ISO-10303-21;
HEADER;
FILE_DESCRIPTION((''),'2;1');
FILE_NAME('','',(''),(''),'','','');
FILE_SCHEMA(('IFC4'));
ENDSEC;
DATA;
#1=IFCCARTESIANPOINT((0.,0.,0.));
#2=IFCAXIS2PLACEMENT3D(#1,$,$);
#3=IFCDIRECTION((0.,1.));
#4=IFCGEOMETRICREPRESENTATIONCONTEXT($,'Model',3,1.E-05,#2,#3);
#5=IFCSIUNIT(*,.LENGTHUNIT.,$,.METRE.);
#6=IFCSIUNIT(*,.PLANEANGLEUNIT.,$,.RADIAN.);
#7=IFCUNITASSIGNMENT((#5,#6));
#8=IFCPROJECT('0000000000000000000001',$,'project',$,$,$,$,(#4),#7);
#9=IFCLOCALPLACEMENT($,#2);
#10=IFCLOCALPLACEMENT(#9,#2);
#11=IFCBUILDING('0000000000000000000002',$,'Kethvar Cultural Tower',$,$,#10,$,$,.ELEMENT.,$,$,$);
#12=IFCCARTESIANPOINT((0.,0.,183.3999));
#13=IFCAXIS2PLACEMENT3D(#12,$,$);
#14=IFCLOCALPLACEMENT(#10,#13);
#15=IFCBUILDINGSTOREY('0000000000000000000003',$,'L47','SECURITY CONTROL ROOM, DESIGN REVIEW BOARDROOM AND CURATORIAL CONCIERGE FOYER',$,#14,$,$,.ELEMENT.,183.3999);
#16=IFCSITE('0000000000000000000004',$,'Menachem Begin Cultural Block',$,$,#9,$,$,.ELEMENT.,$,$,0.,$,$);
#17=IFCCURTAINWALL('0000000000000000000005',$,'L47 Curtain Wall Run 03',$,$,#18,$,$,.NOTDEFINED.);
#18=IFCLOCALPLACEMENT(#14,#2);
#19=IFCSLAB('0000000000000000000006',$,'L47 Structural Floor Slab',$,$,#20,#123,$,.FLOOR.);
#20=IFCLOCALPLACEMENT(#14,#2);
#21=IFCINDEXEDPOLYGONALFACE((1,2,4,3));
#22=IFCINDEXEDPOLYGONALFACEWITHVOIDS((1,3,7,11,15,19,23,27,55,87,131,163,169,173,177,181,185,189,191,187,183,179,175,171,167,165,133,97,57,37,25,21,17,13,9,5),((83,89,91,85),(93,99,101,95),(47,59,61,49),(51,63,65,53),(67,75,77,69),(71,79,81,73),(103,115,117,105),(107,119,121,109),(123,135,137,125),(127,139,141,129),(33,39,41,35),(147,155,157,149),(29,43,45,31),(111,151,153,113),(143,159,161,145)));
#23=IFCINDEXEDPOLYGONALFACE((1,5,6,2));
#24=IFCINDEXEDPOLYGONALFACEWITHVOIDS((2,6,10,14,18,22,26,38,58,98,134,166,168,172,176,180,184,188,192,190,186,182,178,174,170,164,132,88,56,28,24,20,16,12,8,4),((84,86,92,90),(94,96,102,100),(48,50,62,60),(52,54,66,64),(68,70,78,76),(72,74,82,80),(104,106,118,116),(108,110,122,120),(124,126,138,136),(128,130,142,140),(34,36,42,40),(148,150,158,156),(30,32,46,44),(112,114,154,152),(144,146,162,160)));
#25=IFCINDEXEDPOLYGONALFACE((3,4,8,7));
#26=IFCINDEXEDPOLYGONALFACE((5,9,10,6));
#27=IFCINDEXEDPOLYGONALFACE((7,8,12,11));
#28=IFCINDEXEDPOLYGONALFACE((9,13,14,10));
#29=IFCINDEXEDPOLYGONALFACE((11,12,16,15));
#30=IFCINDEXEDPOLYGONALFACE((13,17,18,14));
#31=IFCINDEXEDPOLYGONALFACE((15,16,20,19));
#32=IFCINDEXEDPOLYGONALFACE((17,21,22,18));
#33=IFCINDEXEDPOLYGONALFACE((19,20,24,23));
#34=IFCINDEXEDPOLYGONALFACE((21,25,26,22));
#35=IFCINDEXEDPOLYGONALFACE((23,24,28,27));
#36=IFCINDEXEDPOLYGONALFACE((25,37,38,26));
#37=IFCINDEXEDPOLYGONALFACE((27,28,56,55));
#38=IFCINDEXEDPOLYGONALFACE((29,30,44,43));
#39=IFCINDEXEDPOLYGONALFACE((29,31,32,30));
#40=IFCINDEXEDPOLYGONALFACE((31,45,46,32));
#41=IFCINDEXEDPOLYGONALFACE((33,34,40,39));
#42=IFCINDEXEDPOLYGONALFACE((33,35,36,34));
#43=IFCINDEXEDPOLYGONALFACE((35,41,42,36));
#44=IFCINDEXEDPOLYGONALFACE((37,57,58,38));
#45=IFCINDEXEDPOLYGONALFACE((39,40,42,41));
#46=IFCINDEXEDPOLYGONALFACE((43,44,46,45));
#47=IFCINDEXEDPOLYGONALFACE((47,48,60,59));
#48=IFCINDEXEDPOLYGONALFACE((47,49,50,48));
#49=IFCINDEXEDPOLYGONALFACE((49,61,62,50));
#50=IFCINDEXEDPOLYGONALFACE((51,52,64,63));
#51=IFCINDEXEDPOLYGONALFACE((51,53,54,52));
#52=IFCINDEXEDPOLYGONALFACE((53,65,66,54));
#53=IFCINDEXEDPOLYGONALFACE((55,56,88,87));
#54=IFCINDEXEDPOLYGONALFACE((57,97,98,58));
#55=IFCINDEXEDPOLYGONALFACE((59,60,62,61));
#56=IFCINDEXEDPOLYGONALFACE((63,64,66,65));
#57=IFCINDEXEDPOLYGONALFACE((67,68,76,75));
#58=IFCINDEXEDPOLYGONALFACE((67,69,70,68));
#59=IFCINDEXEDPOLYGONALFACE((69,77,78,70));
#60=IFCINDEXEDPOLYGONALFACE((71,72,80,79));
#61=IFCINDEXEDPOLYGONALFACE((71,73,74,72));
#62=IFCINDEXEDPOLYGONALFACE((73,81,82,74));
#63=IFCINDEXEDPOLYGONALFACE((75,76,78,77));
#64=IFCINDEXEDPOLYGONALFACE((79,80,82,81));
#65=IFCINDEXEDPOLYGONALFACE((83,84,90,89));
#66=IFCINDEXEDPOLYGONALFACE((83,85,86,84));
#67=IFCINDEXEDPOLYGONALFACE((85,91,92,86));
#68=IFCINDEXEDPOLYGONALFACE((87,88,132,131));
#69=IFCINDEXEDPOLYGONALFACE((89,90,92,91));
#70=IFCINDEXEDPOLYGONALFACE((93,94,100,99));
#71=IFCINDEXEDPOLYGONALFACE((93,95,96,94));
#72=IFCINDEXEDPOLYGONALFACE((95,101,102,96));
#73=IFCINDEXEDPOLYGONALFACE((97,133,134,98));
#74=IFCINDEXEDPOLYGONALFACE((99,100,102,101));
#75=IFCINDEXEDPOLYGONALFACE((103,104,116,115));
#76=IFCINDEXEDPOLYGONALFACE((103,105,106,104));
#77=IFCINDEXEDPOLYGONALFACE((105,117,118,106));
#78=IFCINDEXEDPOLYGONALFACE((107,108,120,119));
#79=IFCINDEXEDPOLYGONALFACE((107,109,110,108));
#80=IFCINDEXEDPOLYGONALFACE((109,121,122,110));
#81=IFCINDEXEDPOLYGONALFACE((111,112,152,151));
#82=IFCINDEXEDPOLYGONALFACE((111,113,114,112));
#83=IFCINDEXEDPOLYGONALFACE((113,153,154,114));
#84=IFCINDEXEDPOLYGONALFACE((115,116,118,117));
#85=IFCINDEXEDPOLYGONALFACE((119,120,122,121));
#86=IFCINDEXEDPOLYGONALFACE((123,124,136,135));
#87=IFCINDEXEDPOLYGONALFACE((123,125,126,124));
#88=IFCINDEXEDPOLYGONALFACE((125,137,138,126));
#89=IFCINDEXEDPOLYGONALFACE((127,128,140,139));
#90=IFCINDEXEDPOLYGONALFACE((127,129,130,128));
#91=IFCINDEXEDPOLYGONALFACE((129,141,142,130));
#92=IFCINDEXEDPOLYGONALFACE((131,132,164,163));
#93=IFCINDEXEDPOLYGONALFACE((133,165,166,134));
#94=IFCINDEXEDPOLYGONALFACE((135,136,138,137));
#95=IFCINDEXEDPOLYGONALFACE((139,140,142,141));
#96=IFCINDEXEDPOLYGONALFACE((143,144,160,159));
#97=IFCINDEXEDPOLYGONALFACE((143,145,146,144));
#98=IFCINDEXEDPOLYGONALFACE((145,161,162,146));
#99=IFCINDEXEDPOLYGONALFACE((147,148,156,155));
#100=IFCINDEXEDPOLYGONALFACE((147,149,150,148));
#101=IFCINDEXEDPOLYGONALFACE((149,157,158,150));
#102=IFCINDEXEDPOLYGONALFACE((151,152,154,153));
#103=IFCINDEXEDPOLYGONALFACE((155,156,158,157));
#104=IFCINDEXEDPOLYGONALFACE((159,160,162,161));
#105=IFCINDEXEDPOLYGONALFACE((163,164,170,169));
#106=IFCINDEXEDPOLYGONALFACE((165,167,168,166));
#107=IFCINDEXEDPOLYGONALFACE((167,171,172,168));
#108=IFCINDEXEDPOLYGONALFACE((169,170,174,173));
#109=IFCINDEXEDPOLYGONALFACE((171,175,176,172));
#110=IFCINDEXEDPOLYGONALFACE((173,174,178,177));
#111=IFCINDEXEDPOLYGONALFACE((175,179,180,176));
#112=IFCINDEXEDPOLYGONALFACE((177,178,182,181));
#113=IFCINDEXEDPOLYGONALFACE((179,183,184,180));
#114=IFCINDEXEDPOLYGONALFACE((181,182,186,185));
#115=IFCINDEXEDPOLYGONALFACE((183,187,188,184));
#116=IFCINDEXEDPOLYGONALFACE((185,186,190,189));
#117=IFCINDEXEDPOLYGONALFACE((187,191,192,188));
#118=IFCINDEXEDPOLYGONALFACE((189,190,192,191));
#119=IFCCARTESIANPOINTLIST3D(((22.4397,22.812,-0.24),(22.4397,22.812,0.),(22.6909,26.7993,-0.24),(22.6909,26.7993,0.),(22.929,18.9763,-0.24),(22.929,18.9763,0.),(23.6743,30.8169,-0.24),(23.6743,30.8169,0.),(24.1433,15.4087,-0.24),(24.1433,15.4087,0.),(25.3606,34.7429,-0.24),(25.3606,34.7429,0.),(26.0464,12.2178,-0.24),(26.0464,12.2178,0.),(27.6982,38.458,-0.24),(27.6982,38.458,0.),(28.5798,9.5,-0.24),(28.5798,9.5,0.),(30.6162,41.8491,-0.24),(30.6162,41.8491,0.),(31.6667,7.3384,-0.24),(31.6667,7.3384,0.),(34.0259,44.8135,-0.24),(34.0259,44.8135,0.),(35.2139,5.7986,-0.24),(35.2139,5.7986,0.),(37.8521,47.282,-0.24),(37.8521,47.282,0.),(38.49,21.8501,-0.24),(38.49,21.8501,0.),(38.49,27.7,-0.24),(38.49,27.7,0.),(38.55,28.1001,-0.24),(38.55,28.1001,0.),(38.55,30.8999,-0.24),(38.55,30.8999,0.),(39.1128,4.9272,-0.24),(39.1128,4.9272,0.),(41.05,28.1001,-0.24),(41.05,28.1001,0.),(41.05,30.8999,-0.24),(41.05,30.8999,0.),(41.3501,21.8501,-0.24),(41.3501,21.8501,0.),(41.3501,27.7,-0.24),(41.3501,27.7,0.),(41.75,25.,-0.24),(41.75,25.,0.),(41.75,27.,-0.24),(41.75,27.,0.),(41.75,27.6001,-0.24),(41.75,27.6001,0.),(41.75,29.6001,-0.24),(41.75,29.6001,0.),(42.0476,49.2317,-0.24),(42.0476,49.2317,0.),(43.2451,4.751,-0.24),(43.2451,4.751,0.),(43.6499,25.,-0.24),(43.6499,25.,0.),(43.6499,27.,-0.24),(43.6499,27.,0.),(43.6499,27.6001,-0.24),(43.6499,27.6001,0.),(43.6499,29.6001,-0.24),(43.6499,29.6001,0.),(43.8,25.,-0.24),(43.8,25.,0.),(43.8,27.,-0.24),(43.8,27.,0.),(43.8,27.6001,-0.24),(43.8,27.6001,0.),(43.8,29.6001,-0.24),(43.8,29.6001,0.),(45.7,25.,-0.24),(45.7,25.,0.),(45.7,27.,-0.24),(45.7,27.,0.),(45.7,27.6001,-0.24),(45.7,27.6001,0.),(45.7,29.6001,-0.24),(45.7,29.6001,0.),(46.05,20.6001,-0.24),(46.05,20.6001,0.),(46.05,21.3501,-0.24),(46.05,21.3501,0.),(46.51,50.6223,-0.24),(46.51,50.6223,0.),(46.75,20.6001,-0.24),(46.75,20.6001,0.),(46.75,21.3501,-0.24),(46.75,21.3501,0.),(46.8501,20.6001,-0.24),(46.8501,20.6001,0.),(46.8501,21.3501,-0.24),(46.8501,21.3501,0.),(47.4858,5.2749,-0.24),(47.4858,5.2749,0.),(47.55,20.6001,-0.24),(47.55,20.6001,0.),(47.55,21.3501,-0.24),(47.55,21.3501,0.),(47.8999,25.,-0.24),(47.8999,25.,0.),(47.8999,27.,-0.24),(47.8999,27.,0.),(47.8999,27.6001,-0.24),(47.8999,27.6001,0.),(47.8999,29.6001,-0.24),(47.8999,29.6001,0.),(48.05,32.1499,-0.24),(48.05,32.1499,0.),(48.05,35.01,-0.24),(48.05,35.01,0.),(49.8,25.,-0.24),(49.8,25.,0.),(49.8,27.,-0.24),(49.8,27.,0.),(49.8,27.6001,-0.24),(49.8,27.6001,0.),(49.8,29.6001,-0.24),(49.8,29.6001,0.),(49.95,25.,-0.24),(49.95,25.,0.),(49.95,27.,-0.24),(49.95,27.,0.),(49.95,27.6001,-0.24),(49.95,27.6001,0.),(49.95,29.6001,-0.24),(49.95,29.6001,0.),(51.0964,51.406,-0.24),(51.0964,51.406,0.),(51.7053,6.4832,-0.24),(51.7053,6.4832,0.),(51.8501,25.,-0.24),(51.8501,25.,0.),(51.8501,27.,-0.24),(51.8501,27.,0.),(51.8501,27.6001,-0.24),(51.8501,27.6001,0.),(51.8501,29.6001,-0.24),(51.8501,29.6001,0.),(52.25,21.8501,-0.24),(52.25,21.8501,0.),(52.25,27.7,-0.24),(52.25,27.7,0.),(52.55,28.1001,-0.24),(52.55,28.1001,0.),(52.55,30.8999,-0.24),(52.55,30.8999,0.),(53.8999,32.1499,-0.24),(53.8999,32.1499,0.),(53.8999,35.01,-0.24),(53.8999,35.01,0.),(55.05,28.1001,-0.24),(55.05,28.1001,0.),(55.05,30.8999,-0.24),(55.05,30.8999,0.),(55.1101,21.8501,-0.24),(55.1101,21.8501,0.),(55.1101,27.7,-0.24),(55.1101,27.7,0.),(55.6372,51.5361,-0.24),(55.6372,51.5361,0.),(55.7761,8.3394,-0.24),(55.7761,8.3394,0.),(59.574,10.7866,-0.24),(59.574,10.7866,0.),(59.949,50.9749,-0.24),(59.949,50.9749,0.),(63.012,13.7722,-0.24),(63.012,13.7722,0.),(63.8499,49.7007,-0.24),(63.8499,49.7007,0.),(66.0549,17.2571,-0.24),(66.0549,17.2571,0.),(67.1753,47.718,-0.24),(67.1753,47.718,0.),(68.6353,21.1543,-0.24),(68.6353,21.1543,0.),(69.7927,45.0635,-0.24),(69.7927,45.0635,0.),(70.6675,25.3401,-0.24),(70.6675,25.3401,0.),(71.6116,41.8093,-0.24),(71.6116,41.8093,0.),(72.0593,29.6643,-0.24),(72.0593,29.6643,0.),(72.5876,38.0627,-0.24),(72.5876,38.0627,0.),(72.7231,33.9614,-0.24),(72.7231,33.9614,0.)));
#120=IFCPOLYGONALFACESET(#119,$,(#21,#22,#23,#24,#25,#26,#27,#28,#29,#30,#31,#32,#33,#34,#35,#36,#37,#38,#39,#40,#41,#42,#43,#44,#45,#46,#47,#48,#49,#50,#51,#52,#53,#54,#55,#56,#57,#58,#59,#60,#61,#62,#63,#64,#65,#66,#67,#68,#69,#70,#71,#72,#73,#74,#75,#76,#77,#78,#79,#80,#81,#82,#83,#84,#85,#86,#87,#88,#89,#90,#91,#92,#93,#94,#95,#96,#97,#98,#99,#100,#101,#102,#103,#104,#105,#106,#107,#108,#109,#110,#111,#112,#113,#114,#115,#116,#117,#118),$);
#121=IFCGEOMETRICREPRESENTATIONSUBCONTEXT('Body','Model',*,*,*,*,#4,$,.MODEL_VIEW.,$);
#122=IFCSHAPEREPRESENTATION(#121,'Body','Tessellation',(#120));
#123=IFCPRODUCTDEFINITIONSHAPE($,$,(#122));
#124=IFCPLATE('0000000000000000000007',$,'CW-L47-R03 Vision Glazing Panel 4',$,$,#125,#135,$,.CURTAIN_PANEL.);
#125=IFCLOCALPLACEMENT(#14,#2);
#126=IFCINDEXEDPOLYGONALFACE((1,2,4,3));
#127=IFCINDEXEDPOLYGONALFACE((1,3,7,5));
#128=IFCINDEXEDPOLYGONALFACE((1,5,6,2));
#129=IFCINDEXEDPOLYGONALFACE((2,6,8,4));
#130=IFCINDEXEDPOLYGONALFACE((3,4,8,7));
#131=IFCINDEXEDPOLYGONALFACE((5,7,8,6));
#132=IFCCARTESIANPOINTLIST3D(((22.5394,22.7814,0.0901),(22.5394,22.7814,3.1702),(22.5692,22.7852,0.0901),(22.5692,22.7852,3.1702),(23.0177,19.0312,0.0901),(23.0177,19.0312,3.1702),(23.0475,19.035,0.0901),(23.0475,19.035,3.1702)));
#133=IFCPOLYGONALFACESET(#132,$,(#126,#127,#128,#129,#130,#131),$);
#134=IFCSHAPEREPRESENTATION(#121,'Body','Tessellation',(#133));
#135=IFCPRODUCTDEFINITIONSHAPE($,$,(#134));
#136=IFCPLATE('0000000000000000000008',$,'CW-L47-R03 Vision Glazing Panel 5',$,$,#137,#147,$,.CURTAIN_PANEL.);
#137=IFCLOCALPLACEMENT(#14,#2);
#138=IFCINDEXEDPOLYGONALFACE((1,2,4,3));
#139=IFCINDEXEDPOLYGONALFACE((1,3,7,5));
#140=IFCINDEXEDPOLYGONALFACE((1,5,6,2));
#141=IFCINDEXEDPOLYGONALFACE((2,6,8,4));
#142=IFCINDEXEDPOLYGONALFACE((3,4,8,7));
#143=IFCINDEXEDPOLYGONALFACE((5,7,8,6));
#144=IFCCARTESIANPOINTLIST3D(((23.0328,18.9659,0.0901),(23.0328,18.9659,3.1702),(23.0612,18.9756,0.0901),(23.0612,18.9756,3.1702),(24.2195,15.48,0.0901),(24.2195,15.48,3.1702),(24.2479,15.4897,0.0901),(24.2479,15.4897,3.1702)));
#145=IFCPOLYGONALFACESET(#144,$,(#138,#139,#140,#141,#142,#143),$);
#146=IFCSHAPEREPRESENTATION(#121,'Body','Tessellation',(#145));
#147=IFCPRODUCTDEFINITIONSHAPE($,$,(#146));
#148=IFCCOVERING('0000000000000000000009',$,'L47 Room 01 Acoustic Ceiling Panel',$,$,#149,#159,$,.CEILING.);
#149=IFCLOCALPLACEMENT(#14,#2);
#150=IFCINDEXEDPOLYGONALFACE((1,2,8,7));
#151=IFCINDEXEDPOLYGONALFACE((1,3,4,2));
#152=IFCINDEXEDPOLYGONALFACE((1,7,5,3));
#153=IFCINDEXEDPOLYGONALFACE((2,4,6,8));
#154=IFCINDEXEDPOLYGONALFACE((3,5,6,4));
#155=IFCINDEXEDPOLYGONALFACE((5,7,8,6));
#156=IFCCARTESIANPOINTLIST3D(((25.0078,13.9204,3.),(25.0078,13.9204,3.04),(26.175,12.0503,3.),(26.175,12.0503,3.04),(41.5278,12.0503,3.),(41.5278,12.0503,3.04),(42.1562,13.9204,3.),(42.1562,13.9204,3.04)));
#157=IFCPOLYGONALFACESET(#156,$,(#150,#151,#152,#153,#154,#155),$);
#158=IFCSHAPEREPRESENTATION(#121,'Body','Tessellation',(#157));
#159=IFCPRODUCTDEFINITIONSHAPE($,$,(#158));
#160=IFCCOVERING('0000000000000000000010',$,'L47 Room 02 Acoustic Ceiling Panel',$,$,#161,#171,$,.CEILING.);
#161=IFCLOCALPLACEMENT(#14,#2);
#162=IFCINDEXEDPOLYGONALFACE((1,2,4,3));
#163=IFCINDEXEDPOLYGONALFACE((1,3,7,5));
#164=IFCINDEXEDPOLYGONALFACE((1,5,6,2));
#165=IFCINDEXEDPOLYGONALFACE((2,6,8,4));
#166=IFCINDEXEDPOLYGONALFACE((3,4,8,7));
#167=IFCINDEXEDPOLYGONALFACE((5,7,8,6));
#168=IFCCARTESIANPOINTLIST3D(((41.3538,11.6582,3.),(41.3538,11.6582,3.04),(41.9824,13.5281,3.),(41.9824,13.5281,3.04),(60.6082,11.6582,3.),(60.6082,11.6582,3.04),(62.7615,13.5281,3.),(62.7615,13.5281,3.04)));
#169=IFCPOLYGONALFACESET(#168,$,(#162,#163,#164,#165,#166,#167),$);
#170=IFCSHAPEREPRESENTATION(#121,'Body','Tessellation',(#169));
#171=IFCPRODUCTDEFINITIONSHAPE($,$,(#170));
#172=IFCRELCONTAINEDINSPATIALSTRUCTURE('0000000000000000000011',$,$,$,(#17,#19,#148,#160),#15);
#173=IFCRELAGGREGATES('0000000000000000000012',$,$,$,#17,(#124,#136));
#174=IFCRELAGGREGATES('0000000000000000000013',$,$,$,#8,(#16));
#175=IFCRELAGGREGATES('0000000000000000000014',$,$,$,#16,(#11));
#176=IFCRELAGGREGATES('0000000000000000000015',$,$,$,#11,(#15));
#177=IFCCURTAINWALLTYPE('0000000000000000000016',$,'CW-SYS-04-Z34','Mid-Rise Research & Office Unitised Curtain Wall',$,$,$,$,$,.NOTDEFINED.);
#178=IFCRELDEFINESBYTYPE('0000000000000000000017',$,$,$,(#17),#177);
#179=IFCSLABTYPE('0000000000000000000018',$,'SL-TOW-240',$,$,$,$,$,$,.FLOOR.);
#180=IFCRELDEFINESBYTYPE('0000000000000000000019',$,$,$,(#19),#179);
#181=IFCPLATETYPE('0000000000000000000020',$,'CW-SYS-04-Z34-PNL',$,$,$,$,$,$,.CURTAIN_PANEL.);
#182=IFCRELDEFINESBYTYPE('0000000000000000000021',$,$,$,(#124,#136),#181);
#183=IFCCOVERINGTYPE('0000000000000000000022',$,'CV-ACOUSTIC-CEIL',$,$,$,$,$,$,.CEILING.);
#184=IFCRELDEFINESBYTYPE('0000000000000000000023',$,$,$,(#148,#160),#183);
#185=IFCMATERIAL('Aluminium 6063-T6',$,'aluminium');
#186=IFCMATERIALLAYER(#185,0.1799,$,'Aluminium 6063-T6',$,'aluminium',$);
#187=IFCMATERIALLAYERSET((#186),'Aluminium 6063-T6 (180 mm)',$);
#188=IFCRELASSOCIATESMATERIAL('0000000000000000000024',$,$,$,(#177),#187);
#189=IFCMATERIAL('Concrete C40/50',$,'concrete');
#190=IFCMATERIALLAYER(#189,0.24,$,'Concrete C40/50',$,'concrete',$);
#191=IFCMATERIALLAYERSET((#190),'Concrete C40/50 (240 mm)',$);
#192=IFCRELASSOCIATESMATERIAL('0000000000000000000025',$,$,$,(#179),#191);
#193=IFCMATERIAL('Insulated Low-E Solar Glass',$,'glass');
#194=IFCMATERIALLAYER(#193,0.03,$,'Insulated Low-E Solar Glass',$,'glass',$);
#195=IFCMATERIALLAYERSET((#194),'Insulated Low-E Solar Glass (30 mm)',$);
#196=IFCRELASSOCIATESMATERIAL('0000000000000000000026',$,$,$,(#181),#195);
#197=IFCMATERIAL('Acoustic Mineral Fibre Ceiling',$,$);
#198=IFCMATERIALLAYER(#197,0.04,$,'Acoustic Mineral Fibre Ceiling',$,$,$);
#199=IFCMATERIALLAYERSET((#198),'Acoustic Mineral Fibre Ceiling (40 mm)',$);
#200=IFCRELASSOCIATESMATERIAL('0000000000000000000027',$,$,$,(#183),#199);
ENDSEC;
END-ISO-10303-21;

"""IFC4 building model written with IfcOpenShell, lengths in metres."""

from ifc_helpers import new_model, si_unit, direction, frame, origin, origin_2d, place, context, subcontext, project, spatial, polyline, rectangle, outline, extrude, source, transform, mapped, material, layer, layer_set, type_object, element, aggregate, save


model = new_model("IFC4")

# Units and contexts
model_context = context("Model", 3, precision=1e-05, world=origin(), true_north=direction((0.0, 1.0)))
body_context = subcontext(model_context, "Body", "Model", "MODEL_VIEW")
ifc_project = project(units=[si_unit("LENGTHUNIT", "METRE"), si_unit("PLANEANGLEUNIT", "RADIAN")], contexts=[model_context])

# Site, building, storey
site_placement = place(None, origin())
site = spatial("IfcSite", under=ifc_project, at=site_placement, Name="Menachem Begin Cultural Block", CompositionType="ELEMENT", RefElevation=0.0)
building_placement = place(site_placement, origin())
building = spatial("IfcBuilding", under=site, at=building_placement, Name="Kethvar Cultural Tower", CompositionType="ELEMENT")
storey_placement = place(building_placement, frame((0.0, 0.0, 183.3999)))
storey = spatial("IfcBuildingStorey", under=building, at=storey_placement, Name="L47", Description="SECURITY CONTROL ROOM, DESIGN REVIEW BOARDROOM AND CURATORIAL CONCIERGE FOYER", CompositionType="ELEMENT", Elevation=183.3999)

# Curtain wall
ifc_material_1 = material(Name="Aluminium 6063-T6", Category="aluminium")
ifc_layer_1 = layer(ifc_material_1, 0.1799, Name="Aluminium 6063-T6", Category="aluminium")
ifc_layer_set_1 = layer_set([ifc_layer_1], Name="Aluminium 6063-T6 (180 mm)")
curtain_wall_type = type_object("IfcCurtainWallType", Name="CW-SYS-04-Z34", Description="Mid-Rise Research & Office Unitised Curtain Wall", PredefinedType="NOTDEFINED", material=ifc_layer_set_1)
curtain_wall_placement = place(storey_placement, origin())
curtain_wall = element("IfcCurtainWall", 1, at=curtain_wall_placement, inside=storey, type_object=curtain_wall_type, Name="L47 Curtain Wall Run 03", PredefinedType="NOTDEFINED")

# Shared definitions
ifc_material_2 = material(Name="Concrete C40/50", Category="concrete")

# Slab
ifc_layer_2 = layer(ifc_material_2, 0.24, Name="Concrete C40/50", Category="concrete")
ifc_layer_set_2 = layer_set([ifc_layer_2], Name="Concrete C40/50 (240 mm)")
slab_type_1 = type_object("IfcSlabType", Name="SL-TOW-240", PredefinedType="FLOOR", material=ifc_layer_set_2)
slab_1_placement = place(storey_placement, frame((0.0, 0.0, -0.24)))
element("IfcSlab", 2, at=slab_1_placement, inside=storey, type_object=slab_type_1, Name="L47 Structural Floor Slab", PredefinedType="FLOOR", context=body_context, shape_type="SweptSolid", body=[
    extrude(outline(polyline([(69.7927, 45.0635), (67.1753, 47.718), (63.8499, 49.7007), (59.949, 50.9749), (55.6372, 51.5361), (51.0964, 51.406), (46.51, 50.6223), (42.0476, 49.2317), (37.8521, 47.282), (34.0259, 44.8135), (30.6162, 41.8491), (27.6982, 38.458), (25.3606, 34.7429), (23.6743, 30.8169), (22.6909, 26.7993), (22.4397, 22.812), (22.929, 18.9763), (24.1433, 15.4087), (26.0464, 12.2178), (28.5798, 9.5), (31.6667, 7.3384), (35.2139, 5.7986), (39.1128, 4.9272), (43.2451, 4.751), (47.4858, 5.2749), (51.7053, 6.4832), (55.7761, 8.3394), (59.574, 10.7866), (63.012, 13.7722), (66.0549, 17.2571), (68.6353, 21.1543), (70.6675, 25.3401), (72.0593, 29.6643), (72.7231, 33.9614), (72.5876, 38.0627), (71.6116, 41.8093), (69.7927, 45.0635)]), holes=[polyline([(38.49, 21.8501), (38.49, 27.7), (41.3501, 27.7), (41.3501, 21.8501), (38.49, 21.8501)]), polyline([(52.25, 21.8501), (52.25, 27.7), (55.1101, 27.7), (55.1101, 21.8501), (52.25, 21.8501)]), polyline([(53.8999, 32.1499), (48.05, 32.1499), (48.05, 35.01), (53.8999, 35.01), (53.8999, 32.1499)]), polyline([(41.75, 27.0), (43.6499, 27.0), (43.6499, 25.0), (41.75, 25.0), (41.75, 27.0)]), polyline([(43.8, 27.0), (45.7, 27.0), (45.7, 25.0), (43.8, 25.0), (43.8, 27.0)]), polyline([(47.8999, 27.0), (49.8, 27.0), (49.8, 25.0), (47.8999, 25.0), (47.8999, 27.0)]), polyline([(49.95, 27.0), (51.8501, 27.0), (51.8501, 25.0), (49.95, 25.0), (49.95, 27.0)]), polyline([(41.75, 29.6001), (43.6499, 29.6001), (43.6499, 27.6001), (41.75, 27.6001), (41.75, 29.6001)]), polyline([(43.8, 29.6001), (45.7, 29.6001), (45.7, 27.6001), (43.8, 27.6001), (43.8, 29.6001)]), polyline([(47.8999, 29.6001), (49.8, 29.6001), (49.8, 27.6001), (47.8999, 27.6001), (47.8999, 29.6001)]), polyline([(49.95, 29.6001), (51.8501, 29.6001), (51.8501, 27.6001), (49.95, 27.6001), (49.95, 29.6001)]), polyline([(38.55, 30.8999), (41.05, 30.8999), (41.05, 28.1001), (38.55, 28.1001), (38.55, 30.8999)]), polyline([(52.55, 30.8999), (55.05, 30.8999), (55.05, 28.1001), (52.55, 28.1001), (52.55, 30.8999)]), polyline([(46.05, 21.3501), (46.75, 21.3501), (46.75, 20.6001), (46.05, 20.6001), (46.05, 21.3501)]), polyline([(46.8501, 21.3501), (47.55, 21.3501), (47.55, 20.6001), (46.8501, 20.6001), (46.8501, 21.3501)])]), origin(), (0.0, 0.0, 1.0), 0.24),
])

# Plates
ifc_material_3 = material(Name="Insulated Low-E Solar Glass", Category="glass")
ifc_layer_3 = layer(ifc_material_3, 0.03, Name="Insulated Low-E Solar Glass", Category="glass")
ifc_layer_set_3 = layer_set([ifc_layer_3], Name="Insulated Low-E Solar Glass (30 mm)")
plate_type = type_object("IfcPlateType", Name="CW-SYS-04-Z34-PNL", PredefinedType="CURTAIN_PANEL", material=ifc_layer_set_3)
shared_shape_1 = source(origin(), body_context, "Body", "SweptSolid", [
    extrude(rectangle(XDim=3.7805, YDim=0.03, at=origin_2d()), origin(), (0.0, 0.0, 1.0), 3.0801),
])
plate_1_placement = place(storey_placement, frame((22.7935, 20.9082, 0.0901), z_axis=(0.0, 0.0, 1.0), x_axis=(0.126511, -0.991965, 0.0)))
plate_1 = element("IfcPlate", 3, at=plate_1_placement, type_object=plate_type, Name="CW-L47-R03 Vision Glazing Panel 4", PredefinedType="CURTAIN_PANEL", context=body_context, shape_type="MappedRepresentation", body=[
    mapped(shared_shape_1, transform((0.0, 0.0, 0.0), scale=1.0)),
])
shared_shape_2 = source(origin(), body_context, "Body", "SweptSolid", [
    extrude(rectangle(XDim=3.6824, YDim=0.03, at=origin_2d()), origin(), (0.0, 0.0, 1.0), 3.0801),
])
plate_2_placement = place(storey_placement, frame((23.6404, 17.2278, 0.0901), z_axis=(0.0, 0.0, 1.0), x_axis=(0.322266, -0.946649, 0.0)))
plate_2 = element("IfcPlate", 4, at=plate_2_placement, type_object=plate_type, Name="CW-L47-R03 Vision Glazing Panel 5", PredefinedType="CURTAIN_PANEL", context=body_context, shape_type="MappedRepresentation", body=[
    mapped(shared_shape_2, transform((0.0, 0.0, 0.0), scale=1.0)),
])
aggregate(curtain_wall, [plate_1, plate_2])

# Coverings
ifc_material_4 = material(Name="Acoustic Mineral Fibre Ceiling")
ifc_layer_4 = layer(ifc_material_4, 0.04, Name="Acoustic Mineral Fibre Ceiling")
ifc_layer_set_4 = layer_set([ifc_layer_4], Name="Acoustic Mineral Fibre Ceiling (40 mm)")
covering_type_1 = type_object("IfcCoveringType", Name="CV-ACOUSTIC-CEIL", PredefinedType="CEILING", material=ifc_layer_set_4)
covering_1_placement = place(storey_placement, frame((0.0, 0.0, 3.0)))
element("IfcCovering", 5, at=covering_1_placement, inside=storey, type_object=covering_type_1, Name="L47 Room 01 Acoustic Ceiling Panel", PredefinedType="CEILING", context=body_context, shape_type="SweptSolid", body=[
    extrude(outline(polyline([(26.175, 12.0503), (25.0078, 13.9204), (42.1562, 13.9204), (41.5278, 12.0503), (26.175, 12.0503)])), origin(), (0.0, 0.0, 1.0), 0.04),
])
covering_2_placement = place(storey_placement, frame((0.0, 0.0, 3.0)))
element("IfcCovering", 6, at=covering_2_placement, inside=storey, type_object=covering_type_1, Name="L47 Room 02 Acoustic Ceiling Panel", PredefinedType="CEILING", context=body_context, shape_type="SweptSolid", body=[
    extrude(outline(polyline([(60.6082, 11.6582), (41.3538, 11.6582), (41.9824, 13.5281), (62.7615, 13.5281), (60.6082, 11.6582)])), origin(), (0.0, 0.0, 1.0), 0.04),
])

save(model, "model.ifc")
